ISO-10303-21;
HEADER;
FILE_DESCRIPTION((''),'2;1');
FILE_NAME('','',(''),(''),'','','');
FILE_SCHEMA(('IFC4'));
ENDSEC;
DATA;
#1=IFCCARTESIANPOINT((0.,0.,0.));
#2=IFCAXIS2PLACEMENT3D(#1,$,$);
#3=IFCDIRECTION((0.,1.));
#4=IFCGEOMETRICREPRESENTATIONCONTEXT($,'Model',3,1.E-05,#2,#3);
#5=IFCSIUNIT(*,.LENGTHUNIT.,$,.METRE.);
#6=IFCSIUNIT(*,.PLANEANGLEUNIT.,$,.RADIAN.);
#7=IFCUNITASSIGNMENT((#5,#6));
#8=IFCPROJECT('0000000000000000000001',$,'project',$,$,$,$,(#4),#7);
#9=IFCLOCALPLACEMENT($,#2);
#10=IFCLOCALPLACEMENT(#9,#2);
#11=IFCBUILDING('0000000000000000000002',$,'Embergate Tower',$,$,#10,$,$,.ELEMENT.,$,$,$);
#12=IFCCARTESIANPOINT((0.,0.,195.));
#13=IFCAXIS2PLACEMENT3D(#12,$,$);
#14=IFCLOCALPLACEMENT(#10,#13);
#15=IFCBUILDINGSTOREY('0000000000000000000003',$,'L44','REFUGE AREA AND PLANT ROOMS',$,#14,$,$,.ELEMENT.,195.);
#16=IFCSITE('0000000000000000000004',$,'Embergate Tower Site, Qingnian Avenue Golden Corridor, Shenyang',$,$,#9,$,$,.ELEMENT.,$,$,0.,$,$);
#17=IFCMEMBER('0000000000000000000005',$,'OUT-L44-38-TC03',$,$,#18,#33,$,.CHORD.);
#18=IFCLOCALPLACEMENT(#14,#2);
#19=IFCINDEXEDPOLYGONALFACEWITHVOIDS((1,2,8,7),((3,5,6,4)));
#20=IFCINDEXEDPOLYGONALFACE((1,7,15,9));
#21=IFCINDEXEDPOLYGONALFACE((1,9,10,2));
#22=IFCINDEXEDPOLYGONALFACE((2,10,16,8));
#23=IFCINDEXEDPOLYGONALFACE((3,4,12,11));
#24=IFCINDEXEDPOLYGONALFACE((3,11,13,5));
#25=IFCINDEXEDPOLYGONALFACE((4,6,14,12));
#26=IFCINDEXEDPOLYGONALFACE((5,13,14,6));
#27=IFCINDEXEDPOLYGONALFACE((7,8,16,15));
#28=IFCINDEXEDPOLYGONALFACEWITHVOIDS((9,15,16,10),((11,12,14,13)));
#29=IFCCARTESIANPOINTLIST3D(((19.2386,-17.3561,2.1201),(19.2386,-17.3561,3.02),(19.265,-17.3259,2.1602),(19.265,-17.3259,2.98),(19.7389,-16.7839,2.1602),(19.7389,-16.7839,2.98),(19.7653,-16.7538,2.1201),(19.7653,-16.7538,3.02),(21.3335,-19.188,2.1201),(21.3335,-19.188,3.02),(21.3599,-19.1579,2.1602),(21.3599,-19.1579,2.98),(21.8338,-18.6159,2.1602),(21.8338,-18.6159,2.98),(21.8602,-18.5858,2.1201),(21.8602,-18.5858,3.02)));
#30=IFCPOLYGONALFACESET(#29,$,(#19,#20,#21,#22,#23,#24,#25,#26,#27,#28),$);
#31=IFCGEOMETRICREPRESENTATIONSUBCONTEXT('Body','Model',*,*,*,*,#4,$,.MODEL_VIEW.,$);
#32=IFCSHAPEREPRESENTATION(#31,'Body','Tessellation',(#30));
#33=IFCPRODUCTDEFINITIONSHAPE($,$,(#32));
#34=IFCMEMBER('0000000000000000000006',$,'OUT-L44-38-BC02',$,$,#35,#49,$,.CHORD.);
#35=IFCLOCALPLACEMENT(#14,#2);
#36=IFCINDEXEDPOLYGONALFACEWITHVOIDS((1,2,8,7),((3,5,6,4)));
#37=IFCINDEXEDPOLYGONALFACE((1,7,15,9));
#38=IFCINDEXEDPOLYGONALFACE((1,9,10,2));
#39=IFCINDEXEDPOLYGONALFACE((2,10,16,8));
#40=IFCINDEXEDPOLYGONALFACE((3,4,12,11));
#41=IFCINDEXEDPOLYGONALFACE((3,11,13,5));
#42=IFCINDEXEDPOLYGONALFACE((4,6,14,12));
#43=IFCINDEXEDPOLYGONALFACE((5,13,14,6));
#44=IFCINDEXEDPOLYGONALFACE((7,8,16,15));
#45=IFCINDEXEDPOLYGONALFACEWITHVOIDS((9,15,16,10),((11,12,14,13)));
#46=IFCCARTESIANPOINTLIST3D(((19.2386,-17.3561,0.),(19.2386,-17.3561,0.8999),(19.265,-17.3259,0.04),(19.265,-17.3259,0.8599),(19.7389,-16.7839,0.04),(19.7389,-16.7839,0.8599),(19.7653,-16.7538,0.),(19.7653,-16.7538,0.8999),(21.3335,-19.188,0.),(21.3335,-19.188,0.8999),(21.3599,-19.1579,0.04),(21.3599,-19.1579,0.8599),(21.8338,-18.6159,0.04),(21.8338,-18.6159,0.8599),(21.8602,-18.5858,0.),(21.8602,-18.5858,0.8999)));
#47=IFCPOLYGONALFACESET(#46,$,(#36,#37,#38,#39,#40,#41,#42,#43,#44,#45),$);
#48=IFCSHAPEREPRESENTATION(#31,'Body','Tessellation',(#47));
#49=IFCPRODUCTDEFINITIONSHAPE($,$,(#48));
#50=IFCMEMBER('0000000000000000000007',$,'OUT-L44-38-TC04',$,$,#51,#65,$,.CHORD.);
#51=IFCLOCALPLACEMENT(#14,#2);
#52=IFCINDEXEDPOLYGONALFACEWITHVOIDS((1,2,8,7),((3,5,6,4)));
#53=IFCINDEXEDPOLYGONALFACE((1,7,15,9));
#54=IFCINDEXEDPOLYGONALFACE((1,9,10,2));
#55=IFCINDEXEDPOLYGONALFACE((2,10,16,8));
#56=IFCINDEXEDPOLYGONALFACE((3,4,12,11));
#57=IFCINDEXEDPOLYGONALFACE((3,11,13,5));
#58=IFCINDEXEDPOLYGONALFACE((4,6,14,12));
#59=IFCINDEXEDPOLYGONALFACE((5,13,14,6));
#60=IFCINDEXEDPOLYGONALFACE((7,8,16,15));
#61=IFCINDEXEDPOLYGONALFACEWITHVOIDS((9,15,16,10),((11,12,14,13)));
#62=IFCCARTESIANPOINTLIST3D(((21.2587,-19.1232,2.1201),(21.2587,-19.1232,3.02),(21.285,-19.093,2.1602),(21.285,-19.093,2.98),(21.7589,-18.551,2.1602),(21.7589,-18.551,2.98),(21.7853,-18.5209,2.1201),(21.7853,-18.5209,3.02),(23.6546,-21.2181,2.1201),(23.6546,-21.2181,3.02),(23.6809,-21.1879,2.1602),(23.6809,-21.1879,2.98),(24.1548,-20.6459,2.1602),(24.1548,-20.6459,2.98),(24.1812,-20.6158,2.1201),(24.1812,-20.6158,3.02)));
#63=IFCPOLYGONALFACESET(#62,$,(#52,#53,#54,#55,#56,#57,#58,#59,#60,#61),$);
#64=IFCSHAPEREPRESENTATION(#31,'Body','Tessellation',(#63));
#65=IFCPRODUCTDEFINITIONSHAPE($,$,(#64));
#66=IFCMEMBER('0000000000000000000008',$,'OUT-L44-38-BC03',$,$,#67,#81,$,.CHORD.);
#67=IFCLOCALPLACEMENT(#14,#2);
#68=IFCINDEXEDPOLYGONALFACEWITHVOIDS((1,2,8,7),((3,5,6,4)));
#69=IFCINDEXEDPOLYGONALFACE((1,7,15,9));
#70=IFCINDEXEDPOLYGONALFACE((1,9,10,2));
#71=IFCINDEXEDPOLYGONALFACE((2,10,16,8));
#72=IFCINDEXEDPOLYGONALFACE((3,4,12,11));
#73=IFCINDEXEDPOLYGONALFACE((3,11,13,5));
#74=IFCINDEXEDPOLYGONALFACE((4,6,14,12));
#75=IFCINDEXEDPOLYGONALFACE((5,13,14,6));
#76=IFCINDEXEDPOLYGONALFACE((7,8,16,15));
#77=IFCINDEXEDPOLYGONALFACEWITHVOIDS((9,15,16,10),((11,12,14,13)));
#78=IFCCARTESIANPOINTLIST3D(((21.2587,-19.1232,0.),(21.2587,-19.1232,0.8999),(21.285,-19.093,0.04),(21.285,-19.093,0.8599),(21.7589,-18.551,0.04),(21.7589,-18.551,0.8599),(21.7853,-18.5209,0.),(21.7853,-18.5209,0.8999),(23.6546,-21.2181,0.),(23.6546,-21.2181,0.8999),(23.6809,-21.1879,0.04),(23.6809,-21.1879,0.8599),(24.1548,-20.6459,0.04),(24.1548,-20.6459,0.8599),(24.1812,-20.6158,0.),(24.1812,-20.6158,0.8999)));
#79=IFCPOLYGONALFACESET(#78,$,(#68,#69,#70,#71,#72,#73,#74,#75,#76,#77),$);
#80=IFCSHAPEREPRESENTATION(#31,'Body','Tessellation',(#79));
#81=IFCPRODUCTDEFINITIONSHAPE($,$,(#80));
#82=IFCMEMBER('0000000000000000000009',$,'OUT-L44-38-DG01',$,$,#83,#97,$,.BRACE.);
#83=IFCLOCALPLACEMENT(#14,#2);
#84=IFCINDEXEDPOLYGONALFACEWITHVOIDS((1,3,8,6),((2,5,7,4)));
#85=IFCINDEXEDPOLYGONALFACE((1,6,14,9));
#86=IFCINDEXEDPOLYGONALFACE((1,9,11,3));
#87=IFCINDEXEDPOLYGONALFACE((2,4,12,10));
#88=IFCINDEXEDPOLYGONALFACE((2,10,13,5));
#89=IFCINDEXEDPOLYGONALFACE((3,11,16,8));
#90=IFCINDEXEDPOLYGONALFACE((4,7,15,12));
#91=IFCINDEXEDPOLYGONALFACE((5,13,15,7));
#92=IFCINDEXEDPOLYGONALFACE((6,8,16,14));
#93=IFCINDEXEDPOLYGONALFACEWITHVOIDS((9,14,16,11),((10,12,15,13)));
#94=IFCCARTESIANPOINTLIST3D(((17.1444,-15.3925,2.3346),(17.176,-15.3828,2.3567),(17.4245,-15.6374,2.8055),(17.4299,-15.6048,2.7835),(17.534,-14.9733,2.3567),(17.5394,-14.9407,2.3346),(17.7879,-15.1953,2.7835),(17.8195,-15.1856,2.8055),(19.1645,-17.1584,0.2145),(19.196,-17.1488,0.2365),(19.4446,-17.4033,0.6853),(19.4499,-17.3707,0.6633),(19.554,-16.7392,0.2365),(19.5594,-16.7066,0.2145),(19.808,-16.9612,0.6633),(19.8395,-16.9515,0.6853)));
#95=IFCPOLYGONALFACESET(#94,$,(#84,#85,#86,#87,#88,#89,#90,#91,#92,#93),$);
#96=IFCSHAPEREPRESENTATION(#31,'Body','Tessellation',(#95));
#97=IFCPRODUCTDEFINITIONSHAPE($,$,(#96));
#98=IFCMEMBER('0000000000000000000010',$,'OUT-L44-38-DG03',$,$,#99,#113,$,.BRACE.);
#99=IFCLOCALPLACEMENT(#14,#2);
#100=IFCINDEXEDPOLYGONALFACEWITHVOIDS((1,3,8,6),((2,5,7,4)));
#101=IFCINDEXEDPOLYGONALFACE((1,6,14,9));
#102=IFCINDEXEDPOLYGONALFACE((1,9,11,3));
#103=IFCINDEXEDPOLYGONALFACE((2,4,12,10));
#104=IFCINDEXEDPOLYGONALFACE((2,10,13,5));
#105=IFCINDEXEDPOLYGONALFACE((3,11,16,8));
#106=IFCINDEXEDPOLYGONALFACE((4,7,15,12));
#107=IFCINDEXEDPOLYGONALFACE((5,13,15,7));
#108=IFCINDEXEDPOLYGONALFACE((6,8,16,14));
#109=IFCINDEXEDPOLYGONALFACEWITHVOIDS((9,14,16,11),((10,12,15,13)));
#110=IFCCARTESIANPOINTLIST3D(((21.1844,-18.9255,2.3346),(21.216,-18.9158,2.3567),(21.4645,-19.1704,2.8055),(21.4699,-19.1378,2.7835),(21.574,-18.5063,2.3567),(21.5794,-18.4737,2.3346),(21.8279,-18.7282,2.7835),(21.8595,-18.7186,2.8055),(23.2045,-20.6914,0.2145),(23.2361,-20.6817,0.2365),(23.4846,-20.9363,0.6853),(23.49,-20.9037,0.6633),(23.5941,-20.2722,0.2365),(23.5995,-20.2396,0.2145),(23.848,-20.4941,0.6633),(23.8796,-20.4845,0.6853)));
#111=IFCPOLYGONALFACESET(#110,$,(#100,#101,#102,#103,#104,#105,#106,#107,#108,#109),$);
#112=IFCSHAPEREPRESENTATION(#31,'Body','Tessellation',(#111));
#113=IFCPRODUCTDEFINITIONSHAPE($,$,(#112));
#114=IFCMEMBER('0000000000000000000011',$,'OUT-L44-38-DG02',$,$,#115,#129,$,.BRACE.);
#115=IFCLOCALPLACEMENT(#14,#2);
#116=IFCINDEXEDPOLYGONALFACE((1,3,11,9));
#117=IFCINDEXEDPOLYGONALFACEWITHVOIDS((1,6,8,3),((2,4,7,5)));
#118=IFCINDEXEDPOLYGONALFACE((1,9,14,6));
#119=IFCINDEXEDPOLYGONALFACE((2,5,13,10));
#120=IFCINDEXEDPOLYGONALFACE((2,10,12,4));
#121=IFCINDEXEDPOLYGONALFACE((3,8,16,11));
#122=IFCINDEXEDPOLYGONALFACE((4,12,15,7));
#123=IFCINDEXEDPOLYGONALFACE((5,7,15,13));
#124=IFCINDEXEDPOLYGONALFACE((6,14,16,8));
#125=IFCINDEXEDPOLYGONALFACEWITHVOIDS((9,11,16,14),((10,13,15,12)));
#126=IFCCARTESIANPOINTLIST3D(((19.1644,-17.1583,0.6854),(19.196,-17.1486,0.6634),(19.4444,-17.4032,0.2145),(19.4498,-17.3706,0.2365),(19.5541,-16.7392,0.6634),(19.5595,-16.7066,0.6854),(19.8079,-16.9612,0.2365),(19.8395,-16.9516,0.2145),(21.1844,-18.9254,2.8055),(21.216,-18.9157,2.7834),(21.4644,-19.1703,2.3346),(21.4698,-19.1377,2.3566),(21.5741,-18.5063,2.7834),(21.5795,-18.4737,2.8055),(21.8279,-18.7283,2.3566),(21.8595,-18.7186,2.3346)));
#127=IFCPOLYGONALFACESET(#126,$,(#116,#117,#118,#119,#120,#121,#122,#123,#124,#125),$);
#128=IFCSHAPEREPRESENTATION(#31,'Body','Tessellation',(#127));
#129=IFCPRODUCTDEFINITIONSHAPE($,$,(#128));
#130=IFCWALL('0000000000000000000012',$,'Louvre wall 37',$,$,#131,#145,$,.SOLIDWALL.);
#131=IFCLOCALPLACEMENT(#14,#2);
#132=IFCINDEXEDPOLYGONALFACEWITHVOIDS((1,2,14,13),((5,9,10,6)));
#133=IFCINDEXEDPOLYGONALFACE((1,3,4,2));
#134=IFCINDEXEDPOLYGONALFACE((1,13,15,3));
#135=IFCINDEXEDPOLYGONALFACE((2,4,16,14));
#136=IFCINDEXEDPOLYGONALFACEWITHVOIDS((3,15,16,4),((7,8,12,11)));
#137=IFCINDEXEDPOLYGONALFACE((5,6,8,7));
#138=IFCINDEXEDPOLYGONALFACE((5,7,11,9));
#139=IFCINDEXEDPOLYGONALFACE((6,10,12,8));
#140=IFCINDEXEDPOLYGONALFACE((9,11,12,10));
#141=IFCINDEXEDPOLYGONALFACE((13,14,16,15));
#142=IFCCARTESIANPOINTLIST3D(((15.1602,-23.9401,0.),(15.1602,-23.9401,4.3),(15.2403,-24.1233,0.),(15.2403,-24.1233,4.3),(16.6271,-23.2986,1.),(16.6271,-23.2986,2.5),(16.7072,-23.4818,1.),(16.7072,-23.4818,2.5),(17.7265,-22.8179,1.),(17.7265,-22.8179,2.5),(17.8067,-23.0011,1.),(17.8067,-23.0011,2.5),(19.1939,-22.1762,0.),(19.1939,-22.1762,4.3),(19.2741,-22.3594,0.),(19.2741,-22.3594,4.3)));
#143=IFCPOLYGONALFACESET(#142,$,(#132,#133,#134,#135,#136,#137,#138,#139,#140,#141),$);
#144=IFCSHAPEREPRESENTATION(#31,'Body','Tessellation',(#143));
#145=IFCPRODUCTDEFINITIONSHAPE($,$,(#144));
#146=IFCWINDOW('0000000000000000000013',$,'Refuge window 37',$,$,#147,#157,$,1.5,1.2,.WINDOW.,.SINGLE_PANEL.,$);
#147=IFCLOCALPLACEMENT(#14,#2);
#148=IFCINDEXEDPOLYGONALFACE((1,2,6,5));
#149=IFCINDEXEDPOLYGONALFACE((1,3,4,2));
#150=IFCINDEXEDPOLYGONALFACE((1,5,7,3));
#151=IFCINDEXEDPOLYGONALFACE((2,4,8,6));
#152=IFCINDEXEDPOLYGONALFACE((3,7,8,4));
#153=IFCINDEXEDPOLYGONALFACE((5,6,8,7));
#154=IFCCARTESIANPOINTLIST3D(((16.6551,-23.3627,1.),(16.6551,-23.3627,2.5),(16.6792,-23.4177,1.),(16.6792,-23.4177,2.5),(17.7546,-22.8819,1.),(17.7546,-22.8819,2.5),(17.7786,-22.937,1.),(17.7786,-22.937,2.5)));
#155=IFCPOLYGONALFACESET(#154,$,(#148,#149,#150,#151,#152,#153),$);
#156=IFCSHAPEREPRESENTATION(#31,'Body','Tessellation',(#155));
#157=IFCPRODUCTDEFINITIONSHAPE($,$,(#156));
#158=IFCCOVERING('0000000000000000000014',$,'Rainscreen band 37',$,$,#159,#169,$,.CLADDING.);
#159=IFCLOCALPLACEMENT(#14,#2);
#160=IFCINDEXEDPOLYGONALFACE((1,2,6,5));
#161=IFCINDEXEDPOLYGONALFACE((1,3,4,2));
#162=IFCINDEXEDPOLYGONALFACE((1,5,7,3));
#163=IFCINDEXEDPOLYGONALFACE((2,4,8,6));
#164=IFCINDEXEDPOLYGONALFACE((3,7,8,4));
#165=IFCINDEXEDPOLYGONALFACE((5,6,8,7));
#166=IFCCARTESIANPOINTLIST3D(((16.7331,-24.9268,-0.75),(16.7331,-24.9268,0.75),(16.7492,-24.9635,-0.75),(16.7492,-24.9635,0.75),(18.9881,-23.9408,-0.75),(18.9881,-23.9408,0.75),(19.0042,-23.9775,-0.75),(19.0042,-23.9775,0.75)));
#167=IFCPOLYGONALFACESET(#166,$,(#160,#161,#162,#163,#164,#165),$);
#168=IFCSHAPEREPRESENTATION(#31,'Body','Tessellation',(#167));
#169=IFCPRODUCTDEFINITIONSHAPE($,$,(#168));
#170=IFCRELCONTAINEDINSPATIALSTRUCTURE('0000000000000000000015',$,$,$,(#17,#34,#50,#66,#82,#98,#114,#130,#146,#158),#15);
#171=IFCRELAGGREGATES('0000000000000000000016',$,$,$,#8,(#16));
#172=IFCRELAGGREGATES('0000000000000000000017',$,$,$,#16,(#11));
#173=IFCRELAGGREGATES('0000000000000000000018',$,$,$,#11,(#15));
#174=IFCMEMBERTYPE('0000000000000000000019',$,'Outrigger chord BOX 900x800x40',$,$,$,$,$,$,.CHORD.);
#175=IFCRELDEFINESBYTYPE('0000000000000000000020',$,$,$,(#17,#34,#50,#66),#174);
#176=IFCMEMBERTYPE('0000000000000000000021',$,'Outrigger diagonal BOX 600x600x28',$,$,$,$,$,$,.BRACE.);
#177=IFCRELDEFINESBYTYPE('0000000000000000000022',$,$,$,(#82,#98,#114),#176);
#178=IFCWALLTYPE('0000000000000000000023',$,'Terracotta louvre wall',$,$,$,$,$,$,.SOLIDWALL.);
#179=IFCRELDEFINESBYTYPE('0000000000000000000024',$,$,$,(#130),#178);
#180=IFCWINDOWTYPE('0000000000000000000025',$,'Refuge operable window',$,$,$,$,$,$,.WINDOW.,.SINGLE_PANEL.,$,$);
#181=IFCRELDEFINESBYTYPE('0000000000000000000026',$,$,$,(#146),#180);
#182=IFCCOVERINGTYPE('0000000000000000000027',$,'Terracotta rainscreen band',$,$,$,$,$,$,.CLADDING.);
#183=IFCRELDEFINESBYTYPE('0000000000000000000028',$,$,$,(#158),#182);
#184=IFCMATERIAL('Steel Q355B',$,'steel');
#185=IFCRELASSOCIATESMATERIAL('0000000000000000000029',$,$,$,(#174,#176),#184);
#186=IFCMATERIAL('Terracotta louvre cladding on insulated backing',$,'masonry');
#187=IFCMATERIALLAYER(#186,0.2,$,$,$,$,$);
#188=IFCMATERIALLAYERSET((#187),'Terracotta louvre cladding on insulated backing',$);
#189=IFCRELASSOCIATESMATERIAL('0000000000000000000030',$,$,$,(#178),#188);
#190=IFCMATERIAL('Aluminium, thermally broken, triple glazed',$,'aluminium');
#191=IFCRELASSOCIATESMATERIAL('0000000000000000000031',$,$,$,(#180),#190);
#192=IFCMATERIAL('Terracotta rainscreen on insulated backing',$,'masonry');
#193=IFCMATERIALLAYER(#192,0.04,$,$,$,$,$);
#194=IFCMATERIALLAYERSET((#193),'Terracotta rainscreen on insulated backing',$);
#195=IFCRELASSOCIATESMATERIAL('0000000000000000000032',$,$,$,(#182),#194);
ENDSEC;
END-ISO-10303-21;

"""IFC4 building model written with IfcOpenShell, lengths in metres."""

from ifc_helpers import new_model, si_unit, direction, frame, frame_2d, origin, origin_2d, place, context, subcontext, project, spatial, rectangle, hollow_rectangle, extrude, source, transform, mapped, material, layer, layer_set, material_profile, profile_set, type_object, element, fill, save


model = new_model("IFC4")

# Units and contexts
model_context = context("Model", 3, precision=1e-05, world=origin(), true_north=direction((0.0, 1.0)))
body_context = subcontext(model_context, "Body", "Model", "MODEL_VIEW")
ifc_project = project(units=[si_unit("LENGTHUNIT", "METRE"), si_unit("PLANEANGLEUNIT", "RADIAN")], contexts=[model_context])

# Site, building, storey
site_placement = place(None, origin())
site = spatial("IfcSite", under=ifc_project, at=site_placement, Name="Embergate Tower Site, Qingnian Avenue Golden Corridor, Shenyang", CompositionType="ELEMENT", RefElevation=0.0)
building_placement = place(site_placement, origin())
building = spatial("IfcBuilding", under=site, at=building_placement, Name="Embergate Tower", CompositionType="ELEMENT")
storey_placement = place(building_placement, frame((0.0, 0.0, 195.0)))
storey = spatial("IfcBuildingStorey", under=building, at=storey_placement, Name="L44", Description="REFUGE AREA AND PLANT ROOMS", CompositionType="ELEMENT", Elevation=195.0)

# Shared definitions
ifc_material_1 = material(Name="Steel Q355B", Category="steel")

# Members
ifc_material_profile_1 = material_profile(ifc_material_1, hollow_rectangle(XDim=0.8, YDim=0.8999, WallThickness=0.04, at=origin_2d()), Name="BOX 900x800x40")
ifc_profile_set_1 = profile_set([ifc_material_profile_1], Name="Steel Q355 grade B")
member_type_1 = type_object("IfcMemberType", Name="Outrigger chord BOX 900x800x40", PredefinedType="CHORD", material=ifc_profile_set_1)
shared_shape_1 = source(origin(), body_context, "Body", "SweptSolid", [
    extrude(hollow_rectangle(XDim=0.8, YDim=0.8999, WallThickness=0.04, at=origin_2d()), origin(), (0.0, 0.0, 1.0), 2.783),
])
for number, where, z_axis, x_axis, name in (
    (1, (19.502, -17.0549, 2.5701), (0.752767, -0.658287, 0.0), (0.658287, 0.752767, 0.0), "OUT-L44-38-TC03"),
    (2, (19.502, -17.0549, 0.45), (0.752767, -0.658287, 0.0), (0.658287, 0.752767, 0.0), "OUT-L44-38-BC02"),
):
    element("IfcMember", number, at=place(storey_placement, frame(where, z_axis=z_axis, x_axis=x_axis)), inside=storey, type_object=member_type_1, Name=name, PredefinedType="CHORD", context=body_context, shape_type="MappedRepresentation", body=[
        mapped(shared_shape_1, transform((0.0, 0.0, 0.0))),
    ])
shared_shape_2 = source(origin(), body_context, "Body", "SweptSolid", [
    extrude(hollow_rectangle(XDim=0.8, YDim=0.8999, WallThickness=0.04, at=origin_2d()), origin(), (0.0, 0.0, 1.0), 3.1826),
])
for number, where, z_axis, x_axis, name in (
    (3, (21.522, -18.822, 2.5701), (0.752814, -0.658233, 0.0), (0.658233, 0.752814, 0.0), "OUT-L44-38-TC04"),
    (4, (21.522, -18.822, 0.45), (0.752814, -0.658233, 0.0), (0.658233, 0.752814, 0.0), "OUT-L44-38-BC03"),
):
    element("IfcMember", number, at=place(storey_placement, frame(where, z_axis=z_axis, x_axis=x_axis)), inside=storey, type_object=member_type_1, Name=name, PredefinedType="CHORD", context=body_context, shape_type="MappedRepresentation", body=[
        mapped(shared_shape_2, transform((0.0, 0.0, 0.0))),
    ])
ifc_material_profile_2 = material_profile(ifc_material_1, hollow_rectangle(XDim=0.6001, YDim=0.6001, WallThickness=0.0281, at=origin_2d()), Name="BOX 600x600x28")
ifc_profile_set_2 = profile_set([ifc_material_profile_2], Name="Steel Q355 grade B")
member_type_2 = type_object("IfcMemberType", Name="Outrigger diagonal BOX 600x600x28", PredefinedType="BRACE", material=ifc_profile_set_2)
shared_shape_3 = source(origin(), body_context, "Body", "SweptSolid", [
    extrude(hollow_rectangle(XDim=0.6001, YDim=0.6001, WallThickness=0.0281, at=origin_2d()), origin(), (0.0, 0.0, 1.0), 3.4197),
])
for number, where, z_axis, x_axis, name in (
    (5, (17.4819, -15.2891, 2.5701), (0.590718, -0.516396, -0.61999), (0.658157, 0.752881, 0.0), "OUT-L44-38-DG01"),
    (6, (21.522, -18.822, 2.5701), (0.590718, -0.516396, -0.61999), (0.658157, 0.752881, 0.0), "OUT-L44-38-DG03"),
):
    element("IfcMember", number, at=place(storey_placement, frame(where, z_axis=z_axis, x_axis=x_axis)), inside=storey, type_object=member_type_2, Name=name, PredefinedType="BRACE", context=body_context, shape_type="MappedRepresentation", body=[
        mapped(shared_shape_3, transform((0.0, 0.0, 0.0))),
    ])
shared_shape_4 = source(origin(), body_context, "Body", "SweptSolid", [
    extrude(hollow_rectangle(XDim=0.6001, YDim=0.6001, WallThickness=0.0281, at=origin_2d()), origin(), (0.0, 0.0, 1.0), 3.4202),
])
member_placement = place(storey_placement, frame((19.502, -17.0549, 0.45), z_axis=(0.590609, -0.516658, 0.619875), x_axis=(0.658414, 0.752656, 0.0)))
element("IfcMember", 7, at=member_placement, inside=storey, type_object=member_type_2, Name="OUT-L44-38-DG02", PredefinedType="BRACE", context=body_context, shape_type="MappedRepresentation", body=[
    mapped(shared_shape_4, transform((0.0, 0.0, 0.0))),
])

# Wall, opening, window
ifc_material_2 = material(Name="Terracotta louvre cladding on insulated backing", Category="masonry")
ifc_layer_1 = layer(ifc_material_2, 0.2)
ifc_layer_set_1 = layer_set([ifc_layer_1], Name="Terracotta louvre cladding on insulated backing")
wall_type = type_object("IfcWallType", Name="Terracotta louvre wall", PredefinedType="SOLIDWALL", material=ifc_layer_set_1)
shared_shape_5 = source(origin(), body_context, "Body", "SweptSolid", [
    extrude(rectangle(XDim=4.4026, YDim=0.2, at=frame_2d((2.2012, 0.0))), origin(), (0.0, 0.0, 1.0), 4.3),
])
wall_placement = place(storey_placement, frame((19.2339, -22.2678, 0.0), z_axis=(0.0, 0.0, 1.0), x_axis=(-0.916226, -0.400662, 0.0)))
wall = element("IfcWall", 8, at=wall_placement, inside=storey, type_object=wall_type, Name="Louvre wall 37", PredefinedType="SOLIDWALL", context=body_context, shape_type="MappedRepresentation", body=[
    mapped(shared_shape_5, transform((0.0, 0.0, 0.0))),
])
shared_shape_6 = source(origin(), body_context, "Body", "SweptSolid", [
    extrude(rectangle(XDim=1.2, YDim=1.5, at=frame_2d((0.6001, 0.75))), frame((0.0, 0.1099, 0.0), z_axis=(0.0, -1.0, 0.0), x_axis=(1.0, 0.0, 0.0)), (0.0, 0.0, 1.0), 0.22),
])
opening_placement = place(wall_placement, frame((1.6013, 0.0, 1.0)))
opening = element("IfcOpeningElement", 9, at=opening_placement, cuts=wall, PredefinedType="OPENING", context=body_context, shape_type="MappedRepresentation", body=[
    mapped(shared_shape_6, transform((0.0, 0.0, 0.0))),
])
ifc_material_3 = material(Name="Aluminium, thermally broken, triple glazed", Category="aluminium")
window_type = type_object("IfcWindowType", Name="Refuge operable window", PartitioningType="SINGLE_PANEL", PredefinedType="WINDOW", material=ifc_material_3)
shared_shape_7 = source(origin(), body_context, "Body", "SweptSolid", [
    extrude(rectangle(XDim=1.2, YDim=1.5, at=frame_2d((0.6001, 0.75))), frame((0.0, 0.03, 0.0), z_axis=(0.0, -1.0, 0.0), x_axis=(1.0, 0.0, 0.0)), (0.0, 0.0, 1.0), 0.0601),
])
window_placement = place(opening_placement, origin())
window = element("IfcWindow", 10, at=window_placement, inside=storey, type_object=window_type, Name="Refuge window 37", OverallHeight=1.5, OverallWidth=1.2, PartitioningType="SINGLE_PANEL", PredefinedType="WINDOW", context=body_context, shape_type="MappedRepresentation", body=[
    mapped(shared_shape_7, transform((0.0, 0.0, 0.0))),
])
fill(opening, window)

# Covering
ifc_material_4 = material(Name="Terracotta rainscreen on insulated backing", Category="masonry")
ifc_layer_2 = layer(ifc_material_4, 0.04)
ifc_layer_set_2 = layer_set([ifc_layer_2], Name="Terracotta rainscreen on insulated backing")
covering_type = type_object("IfcCoveringType", Name="Terracotta rainscreen band", PredefinedType="CLADDING", material=ifc_layer_set_2)
shared_shape_8 = source(origin(), body_context, "Body", "SweptSolid", [
    extrude(rectangle(XDim=2.4612, YDim=0.04, at=origin_2d()), origin(), (0.0, 0.0, 1.0), 1.5),
])
covering_placement = place(storey_placement, frame((17.8687, -24.4521, -0.75), z_axis=(0.0, 0.0, 1.0), x_axis=(0.916241, 0.400627, 0.0)))
element("IfcCovering", 11, at=covering_placement, inside=storey, type_object=covering_type, Name="Rainscreen band 37", PredefinedType="CLADDING", context=body_context, shape_type="MappedRepresentation", body=[
    mapped(shared_shape_8, transform((0.0, 0.0, 0.0))),
])

save(model, "model.ifc")
